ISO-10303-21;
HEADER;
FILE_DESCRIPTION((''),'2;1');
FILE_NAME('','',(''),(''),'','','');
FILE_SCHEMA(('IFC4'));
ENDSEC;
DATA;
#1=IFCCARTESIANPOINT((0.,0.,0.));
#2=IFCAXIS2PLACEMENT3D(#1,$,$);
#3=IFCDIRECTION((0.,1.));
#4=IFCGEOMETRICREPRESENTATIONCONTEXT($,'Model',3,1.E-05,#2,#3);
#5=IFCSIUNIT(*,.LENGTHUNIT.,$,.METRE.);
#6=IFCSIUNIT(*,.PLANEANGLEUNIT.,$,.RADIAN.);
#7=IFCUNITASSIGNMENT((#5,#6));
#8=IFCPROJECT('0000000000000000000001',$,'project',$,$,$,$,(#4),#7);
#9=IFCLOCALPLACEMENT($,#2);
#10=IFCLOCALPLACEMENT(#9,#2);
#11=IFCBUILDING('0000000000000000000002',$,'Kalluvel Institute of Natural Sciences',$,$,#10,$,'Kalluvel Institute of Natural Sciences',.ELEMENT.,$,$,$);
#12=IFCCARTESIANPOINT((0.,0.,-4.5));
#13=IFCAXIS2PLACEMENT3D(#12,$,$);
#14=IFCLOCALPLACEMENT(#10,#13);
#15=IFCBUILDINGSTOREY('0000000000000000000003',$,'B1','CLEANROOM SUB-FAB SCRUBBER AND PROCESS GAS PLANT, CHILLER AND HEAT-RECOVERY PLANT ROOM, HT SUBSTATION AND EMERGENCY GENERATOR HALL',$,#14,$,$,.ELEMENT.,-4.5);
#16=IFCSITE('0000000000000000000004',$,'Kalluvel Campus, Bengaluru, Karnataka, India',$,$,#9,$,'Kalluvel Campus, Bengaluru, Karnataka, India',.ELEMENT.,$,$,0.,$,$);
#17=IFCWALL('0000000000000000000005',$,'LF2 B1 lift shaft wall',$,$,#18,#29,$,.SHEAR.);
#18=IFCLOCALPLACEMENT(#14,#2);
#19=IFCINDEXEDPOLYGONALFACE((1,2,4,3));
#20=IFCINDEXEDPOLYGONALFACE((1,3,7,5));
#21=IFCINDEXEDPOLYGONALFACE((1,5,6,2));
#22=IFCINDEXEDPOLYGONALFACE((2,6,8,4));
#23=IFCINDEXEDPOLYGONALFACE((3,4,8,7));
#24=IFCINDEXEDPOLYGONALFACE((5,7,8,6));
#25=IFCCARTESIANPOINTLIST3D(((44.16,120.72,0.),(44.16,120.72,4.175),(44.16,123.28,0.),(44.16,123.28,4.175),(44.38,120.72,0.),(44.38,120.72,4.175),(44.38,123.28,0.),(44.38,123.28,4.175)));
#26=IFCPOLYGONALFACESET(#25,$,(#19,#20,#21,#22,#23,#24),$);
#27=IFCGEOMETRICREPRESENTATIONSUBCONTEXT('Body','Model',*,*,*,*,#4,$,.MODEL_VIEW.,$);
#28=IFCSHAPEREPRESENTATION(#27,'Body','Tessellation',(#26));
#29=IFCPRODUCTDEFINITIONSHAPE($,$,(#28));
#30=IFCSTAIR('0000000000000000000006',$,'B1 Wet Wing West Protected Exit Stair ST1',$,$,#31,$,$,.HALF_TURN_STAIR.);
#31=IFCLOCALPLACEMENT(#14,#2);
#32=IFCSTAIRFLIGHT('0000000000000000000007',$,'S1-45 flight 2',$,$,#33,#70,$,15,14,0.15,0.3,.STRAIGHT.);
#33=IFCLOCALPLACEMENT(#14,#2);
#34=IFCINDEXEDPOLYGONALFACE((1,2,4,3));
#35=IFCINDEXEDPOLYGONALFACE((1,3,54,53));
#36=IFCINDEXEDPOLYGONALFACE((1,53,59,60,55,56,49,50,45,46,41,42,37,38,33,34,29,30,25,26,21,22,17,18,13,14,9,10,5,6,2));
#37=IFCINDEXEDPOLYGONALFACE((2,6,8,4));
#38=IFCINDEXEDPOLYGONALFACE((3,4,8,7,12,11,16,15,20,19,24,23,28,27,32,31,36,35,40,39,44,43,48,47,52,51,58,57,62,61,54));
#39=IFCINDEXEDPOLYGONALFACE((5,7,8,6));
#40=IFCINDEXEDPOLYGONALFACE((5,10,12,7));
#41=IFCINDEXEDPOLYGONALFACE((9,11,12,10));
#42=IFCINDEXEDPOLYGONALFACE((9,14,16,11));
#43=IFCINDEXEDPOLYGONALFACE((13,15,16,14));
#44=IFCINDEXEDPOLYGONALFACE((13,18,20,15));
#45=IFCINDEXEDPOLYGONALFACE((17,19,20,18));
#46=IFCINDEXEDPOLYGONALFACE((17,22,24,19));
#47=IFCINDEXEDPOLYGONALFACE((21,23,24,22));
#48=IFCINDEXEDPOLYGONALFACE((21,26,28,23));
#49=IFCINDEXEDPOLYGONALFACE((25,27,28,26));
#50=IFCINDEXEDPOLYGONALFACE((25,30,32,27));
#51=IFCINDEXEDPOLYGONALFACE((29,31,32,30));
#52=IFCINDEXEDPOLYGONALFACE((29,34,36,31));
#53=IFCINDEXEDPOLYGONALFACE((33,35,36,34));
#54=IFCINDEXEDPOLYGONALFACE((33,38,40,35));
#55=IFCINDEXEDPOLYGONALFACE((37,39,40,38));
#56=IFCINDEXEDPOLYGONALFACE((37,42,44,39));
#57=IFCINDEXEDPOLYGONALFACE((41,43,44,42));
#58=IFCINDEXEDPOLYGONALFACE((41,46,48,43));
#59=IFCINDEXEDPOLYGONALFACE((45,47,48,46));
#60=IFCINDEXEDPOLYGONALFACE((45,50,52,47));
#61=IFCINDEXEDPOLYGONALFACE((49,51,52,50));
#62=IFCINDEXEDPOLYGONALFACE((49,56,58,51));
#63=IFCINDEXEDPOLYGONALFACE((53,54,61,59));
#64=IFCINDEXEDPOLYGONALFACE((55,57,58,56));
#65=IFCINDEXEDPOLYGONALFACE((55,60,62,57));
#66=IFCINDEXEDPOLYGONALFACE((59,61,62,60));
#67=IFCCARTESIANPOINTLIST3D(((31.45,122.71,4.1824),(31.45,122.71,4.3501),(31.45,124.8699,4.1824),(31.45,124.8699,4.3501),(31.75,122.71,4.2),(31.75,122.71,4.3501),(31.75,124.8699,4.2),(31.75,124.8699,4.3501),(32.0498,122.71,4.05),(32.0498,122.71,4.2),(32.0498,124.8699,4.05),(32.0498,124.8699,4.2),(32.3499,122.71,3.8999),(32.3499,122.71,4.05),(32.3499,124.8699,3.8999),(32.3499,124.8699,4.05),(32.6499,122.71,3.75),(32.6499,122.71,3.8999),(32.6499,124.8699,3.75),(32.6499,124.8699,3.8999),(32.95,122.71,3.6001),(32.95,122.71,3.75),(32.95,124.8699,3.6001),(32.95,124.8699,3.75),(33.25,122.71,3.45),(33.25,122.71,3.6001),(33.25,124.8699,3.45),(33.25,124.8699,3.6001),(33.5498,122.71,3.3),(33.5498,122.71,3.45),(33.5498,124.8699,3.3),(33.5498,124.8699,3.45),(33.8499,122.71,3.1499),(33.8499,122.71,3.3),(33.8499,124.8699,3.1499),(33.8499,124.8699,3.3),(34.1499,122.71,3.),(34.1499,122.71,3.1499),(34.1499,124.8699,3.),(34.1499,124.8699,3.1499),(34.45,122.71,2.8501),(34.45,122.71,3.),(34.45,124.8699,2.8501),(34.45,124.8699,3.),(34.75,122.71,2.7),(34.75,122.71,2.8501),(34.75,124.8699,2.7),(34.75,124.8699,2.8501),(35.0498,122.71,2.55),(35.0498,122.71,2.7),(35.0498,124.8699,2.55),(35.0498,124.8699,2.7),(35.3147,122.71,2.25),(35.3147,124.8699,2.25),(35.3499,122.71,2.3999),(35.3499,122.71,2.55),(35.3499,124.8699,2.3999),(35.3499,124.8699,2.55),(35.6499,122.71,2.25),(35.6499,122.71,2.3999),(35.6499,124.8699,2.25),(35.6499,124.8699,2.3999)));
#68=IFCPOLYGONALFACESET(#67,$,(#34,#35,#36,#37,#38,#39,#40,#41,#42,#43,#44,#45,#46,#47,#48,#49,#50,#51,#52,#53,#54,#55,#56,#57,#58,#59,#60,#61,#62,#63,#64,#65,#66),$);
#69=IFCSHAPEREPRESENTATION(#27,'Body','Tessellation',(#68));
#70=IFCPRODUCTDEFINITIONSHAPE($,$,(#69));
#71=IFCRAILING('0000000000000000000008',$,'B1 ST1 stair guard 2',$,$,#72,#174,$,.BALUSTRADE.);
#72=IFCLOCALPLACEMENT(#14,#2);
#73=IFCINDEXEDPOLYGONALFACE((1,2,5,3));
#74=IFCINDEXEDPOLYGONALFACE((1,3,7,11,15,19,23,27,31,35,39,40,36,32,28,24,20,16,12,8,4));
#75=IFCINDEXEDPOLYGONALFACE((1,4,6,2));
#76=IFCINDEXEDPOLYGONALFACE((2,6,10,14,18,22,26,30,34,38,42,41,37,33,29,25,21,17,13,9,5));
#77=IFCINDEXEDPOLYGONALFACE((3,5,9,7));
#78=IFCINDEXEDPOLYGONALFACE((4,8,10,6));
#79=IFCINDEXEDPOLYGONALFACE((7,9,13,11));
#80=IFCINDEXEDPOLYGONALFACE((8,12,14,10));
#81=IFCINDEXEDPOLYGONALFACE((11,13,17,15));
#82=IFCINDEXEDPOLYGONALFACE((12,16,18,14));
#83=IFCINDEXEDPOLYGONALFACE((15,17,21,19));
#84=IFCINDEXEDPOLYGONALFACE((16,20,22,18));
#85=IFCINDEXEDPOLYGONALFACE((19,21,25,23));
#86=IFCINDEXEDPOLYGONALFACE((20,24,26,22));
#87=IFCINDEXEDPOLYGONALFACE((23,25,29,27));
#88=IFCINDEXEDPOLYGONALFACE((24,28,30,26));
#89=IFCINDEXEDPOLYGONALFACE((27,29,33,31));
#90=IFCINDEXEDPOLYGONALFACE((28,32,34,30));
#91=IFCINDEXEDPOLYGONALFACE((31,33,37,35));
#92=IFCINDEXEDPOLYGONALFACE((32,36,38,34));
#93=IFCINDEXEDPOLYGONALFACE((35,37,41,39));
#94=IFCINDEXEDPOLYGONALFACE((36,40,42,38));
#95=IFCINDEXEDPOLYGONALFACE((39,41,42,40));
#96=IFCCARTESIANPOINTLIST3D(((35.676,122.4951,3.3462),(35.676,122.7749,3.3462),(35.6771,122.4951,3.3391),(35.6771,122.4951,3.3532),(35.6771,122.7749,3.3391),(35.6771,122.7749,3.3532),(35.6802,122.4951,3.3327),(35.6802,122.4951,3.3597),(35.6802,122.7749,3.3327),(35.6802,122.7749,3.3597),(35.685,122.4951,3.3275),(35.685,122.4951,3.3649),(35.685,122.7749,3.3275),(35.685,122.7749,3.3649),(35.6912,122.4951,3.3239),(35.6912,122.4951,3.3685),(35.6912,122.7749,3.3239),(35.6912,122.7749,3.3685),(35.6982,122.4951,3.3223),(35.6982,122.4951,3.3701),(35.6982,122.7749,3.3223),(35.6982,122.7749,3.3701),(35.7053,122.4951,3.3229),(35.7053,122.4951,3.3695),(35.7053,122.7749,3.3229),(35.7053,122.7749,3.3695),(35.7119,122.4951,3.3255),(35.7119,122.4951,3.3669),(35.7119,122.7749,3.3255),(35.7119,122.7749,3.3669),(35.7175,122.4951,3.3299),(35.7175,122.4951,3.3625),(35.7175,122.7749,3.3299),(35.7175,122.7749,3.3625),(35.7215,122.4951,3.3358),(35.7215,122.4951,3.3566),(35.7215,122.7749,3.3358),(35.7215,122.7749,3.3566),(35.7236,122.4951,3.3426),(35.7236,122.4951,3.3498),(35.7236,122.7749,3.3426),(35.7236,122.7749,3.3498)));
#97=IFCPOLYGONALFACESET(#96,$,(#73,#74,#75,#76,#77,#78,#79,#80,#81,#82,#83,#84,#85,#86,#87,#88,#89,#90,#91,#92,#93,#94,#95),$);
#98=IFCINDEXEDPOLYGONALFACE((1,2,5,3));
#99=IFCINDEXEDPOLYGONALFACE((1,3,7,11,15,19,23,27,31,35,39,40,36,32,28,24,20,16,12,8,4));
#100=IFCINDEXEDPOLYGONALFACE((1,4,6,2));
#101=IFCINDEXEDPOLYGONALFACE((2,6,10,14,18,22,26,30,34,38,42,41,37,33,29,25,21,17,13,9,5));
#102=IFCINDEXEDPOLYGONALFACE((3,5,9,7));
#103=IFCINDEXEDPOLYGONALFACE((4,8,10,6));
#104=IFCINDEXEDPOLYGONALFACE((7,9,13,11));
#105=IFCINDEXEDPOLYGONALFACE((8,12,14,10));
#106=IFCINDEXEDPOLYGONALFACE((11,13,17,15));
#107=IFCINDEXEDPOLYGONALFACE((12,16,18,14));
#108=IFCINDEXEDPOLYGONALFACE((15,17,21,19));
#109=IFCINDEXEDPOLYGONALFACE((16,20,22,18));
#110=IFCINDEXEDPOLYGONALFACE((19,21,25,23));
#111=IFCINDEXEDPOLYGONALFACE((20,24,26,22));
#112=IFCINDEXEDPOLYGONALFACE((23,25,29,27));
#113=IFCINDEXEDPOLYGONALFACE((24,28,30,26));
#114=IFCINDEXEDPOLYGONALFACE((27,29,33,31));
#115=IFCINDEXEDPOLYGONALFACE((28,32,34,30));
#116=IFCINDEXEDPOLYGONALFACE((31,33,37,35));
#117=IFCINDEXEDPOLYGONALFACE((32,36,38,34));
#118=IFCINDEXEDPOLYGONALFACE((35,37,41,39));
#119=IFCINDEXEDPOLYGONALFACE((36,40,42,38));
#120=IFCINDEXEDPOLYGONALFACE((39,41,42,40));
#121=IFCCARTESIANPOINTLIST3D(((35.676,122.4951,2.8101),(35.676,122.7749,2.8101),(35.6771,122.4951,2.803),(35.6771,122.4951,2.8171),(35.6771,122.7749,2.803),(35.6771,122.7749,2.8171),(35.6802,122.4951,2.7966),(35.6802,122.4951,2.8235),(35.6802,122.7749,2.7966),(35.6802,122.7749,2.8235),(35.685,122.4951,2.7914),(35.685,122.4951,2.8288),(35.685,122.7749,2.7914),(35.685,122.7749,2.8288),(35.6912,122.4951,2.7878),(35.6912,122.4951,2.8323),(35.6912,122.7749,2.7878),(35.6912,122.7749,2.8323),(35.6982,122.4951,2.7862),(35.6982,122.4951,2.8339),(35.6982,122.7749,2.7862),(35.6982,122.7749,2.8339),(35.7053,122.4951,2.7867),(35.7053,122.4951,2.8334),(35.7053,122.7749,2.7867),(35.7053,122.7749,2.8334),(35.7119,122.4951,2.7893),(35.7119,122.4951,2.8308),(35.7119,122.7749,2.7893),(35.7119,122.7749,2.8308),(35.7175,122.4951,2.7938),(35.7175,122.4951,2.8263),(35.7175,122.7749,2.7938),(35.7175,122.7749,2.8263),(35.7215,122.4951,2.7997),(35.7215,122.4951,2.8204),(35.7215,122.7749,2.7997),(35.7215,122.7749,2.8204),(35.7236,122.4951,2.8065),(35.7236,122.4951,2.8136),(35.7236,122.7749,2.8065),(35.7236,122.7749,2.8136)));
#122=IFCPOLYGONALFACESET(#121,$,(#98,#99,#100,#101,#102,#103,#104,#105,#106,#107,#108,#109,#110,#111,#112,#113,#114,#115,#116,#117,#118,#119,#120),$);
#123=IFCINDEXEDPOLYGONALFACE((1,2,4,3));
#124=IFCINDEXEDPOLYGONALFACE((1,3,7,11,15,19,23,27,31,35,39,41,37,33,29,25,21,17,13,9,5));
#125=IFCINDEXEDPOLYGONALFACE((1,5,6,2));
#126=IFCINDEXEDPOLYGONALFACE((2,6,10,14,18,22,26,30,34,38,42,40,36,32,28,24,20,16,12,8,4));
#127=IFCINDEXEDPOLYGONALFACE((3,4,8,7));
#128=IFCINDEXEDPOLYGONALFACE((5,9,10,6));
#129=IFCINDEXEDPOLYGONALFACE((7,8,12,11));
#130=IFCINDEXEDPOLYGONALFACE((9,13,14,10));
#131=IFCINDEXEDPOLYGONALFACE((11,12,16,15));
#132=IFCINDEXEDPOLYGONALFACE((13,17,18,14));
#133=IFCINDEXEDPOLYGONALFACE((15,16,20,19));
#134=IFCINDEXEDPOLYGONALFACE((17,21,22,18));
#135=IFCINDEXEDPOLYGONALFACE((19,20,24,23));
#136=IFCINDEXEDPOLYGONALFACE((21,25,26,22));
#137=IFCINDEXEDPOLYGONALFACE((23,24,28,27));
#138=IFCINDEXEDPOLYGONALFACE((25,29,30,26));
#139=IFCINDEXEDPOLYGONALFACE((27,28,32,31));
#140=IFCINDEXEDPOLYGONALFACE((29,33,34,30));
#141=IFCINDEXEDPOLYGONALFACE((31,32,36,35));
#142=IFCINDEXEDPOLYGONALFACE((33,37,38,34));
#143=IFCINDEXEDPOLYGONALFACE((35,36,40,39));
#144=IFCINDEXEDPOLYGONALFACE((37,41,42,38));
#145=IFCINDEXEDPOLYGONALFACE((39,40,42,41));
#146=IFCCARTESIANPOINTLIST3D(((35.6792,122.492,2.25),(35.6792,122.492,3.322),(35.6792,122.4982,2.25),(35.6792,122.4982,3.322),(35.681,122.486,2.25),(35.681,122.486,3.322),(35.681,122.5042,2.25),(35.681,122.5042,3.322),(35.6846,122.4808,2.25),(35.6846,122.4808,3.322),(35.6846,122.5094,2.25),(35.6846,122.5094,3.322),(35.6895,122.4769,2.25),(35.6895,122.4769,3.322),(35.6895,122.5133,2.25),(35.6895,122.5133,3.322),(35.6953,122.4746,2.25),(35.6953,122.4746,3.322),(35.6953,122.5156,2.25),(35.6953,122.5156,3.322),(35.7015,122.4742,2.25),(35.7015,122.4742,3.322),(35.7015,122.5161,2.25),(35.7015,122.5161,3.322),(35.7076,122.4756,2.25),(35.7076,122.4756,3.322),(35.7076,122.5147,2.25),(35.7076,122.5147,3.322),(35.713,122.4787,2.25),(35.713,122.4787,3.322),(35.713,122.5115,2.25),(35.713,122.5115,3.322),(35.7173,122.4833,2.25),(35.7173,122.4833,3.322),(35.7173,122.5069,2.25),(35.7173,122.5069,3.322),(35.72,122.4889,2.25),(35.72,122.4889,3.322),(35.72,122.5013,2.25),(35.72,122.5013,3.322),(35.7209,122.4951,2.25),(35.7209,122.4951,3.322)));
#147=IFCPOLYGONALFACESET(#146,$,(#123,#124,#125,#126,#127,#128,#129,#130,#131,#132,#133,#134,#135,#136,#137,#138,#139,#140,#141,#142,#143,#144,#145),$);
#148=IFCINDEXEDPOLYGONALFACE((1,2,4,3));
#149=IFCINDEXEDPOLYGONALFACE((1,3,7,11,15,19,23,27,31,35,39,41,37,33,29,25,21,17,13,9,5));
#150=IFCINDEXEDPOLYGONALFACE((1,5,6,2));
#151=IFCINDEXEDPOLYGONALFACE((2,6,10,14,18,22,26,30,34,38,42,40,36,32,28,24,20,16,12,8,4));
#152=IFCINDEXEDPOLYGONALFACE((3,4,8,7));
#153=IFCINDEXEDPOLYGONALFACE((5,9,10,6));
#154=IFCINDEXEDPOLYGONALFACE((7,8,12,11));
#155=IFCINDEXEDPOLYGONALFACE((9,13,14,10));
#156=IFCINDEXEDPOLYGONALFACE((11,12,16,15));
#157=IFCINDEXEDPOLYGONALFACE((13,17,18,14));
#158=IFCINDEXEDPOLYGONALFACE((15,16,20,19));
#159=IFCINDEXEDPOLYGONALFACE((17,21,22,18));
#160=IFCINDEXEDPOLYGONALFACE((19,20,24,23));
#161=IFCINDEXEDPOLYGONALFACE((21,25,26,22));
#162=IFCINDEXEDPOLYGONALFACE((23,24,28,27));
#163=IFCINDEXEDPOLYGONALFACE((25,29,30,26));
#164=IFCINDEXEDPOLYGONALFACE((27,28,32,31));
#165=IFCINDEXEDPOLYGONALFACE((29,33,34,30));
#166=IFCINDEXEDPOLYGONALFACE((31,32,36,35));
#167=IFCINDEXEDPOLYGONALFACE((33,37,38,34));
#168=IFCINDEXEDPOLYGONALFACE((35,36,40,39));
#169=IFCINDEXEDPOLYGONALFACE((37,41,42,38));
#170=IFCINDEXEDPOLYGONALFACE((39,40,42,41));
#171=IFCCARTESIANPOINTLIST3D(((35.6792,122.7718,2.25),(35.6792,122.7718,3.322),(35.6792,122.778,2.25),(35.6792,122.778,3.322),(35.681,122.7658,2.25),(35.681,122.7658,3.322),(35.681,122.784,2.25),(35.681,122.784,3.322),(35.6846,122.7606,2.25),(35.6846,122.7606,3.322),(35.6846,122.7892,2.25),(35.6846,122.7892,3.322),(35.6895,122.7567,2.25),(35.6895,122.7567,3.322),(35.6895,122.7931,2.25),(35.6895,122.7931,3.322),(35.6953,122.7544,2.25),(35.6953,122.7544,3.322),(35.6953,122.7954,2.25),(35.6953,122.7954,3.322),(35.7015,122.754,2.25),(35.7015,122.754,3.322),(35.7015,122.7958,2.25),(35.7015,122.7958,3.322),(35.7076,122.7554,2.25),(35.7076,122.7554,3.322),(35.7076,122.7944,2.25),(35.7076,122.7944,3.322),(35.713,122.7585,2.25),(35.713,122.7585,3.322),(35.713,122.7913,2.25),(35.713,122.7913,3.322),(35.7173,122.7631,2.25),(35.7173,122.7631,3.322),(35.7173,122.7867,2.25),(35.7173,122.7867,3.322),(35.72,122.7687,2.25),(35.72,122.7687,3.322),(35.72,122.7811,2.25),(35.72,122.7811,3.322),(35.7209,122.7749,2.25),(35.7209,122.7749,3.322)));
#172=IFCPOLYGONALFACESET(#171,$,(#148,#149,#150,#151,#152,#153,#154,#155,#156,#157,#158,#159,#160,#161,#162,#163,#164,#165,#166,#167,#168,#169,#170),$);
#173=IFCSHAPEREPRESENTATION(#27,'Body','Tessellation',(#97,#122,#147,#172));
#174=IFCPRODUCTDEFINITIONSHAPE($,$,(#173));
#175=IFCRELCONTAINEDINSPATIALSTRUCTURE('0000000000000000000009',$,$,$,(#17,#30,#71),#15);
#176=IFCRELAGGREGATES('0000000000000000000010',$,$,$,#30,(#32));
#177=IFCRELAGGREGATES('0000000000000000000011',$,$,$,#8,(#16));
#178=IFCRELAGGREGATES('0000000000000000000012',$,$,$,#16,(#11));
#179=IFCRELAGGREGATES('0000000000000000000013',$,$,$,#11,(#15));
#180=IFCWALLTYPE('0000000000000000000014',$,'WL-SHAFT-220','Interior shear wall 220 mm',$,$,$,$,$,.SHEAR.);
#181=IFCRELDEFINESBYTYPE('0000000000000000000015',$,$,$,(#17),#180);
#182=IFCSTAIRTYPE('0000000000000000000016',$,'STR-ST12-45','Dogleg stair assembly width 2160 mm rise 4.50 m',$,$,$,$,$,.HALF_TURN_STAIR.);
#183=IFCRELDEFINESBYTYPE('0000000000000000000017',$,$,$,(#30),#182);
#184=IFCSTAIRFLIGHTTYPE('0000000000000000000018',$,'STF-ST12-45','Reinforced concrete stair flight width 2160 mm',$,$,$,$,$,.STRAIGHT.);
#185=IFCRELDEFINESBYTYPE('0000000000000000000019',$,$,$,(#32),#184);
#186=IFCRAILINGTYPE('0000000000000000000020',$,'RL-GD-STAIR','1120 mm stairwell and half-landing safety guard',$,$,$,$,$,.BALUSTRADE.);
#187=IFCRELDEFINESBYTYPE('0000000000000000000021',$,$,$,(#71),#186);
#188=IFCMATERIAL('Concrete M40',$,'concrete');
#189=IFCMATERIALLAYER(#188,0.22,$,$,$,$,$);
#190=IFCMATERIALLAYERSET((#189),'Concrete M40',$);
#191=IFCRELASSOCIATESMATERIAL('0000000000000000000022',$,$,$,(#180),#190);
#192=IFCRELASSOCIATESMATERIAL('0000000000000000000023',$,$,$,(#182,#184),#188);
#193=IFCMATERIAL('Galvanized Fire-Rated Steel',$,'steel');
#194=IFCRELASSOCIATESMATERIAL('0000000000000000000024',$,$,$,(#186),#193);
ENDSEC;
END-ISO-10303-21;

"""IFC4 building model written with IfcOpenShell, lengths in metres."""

from ifc_helpers import new_model, si_unit, direction, frame, frame_2d, origin, origin_2d, place, context, subcontext, project, spatial, polyline, rectangle, circle, outline, extrude, material, layer, layer_set, type_object, element, aggregate, save


model = new_model("IFC4")

# Units and contexts
model_context = context("Model", 3, precision=1e-05, world=origin(), true_north=direction((0.0, 1.0)))
body_context = subcontext(model_context, "Body", "Model", "MODEL_VIEW")
ifc_project = project(units=[si_unit("LENGTHUNIT", "METRE"), si_unit("PLANEANGLEUNIT", "RADIAN")], contexts=[model_context])

# Site, building, storey
site_placement = place(None, origin())
site = spatial("IfcSite", under=ifc_project, at=site_placement, Name="Kalluvel Campus, Bengaluru, Karnataka, India", LongName="Kalluvel Campus, Bengaluru, Karnataka, India", CompositionType="ELEMENT", RefElevation=0.0)
building_placement = place(site_placement, origin())
building = spatial("IfcBuilding", under=site, at=building_placement, Name="Kalluvel Institute of Natural Sciences", LongName="Kalluvel Institute of Natural Sciences", CompositionType="ELEMENT")
storey_placement = place(building_placement, frame((0.0, 0.0, -4.5)))
storey = spatial("IfcBuildingStorey", under=building, at=storey_placement, Name="B1", Description="CLEANROOM SUB-FAB SCRUBBER AND PROCESS GAS PLANT, CHILLER AND HEAT-RECOVERY PLANT ROOM, HT SUBSTATION AND EMERGENCY GENERATOR HALL", CompositionType="ELEMENT", Elevation=-4.5)

# Shared definitions
ifc_material_1 = material(Name="Concrete M40", Category="concrete")

# Shared definitions
ifc_layer_1 = layer(ifc_material_1, 0.22)
ifc_layer_set_1 = layer_set([ifc_layer_1], Name="Concrete M40")
wall_type_1 = type_object("IfcWallType", Name="WL-SHAFT-220", Description="Interior shear wall 220 mm", PredefinedType="SHEAR", material=ifc_layer_set_1)
ifc_material_2 = material(Name="Galvanized Fire-Rated Steel", Category="steel")

# Wall
wall_1_placement = place(storey_placement, frame((44.27, 123.28, 0.0), z_axis=(0.0, 0.0, 1.0), x_axis=(0.0, -1.0, 0.0)))
element("IfcWall", 1, at=wall_1_placement, inside=storey, type_object=wall_type_1, Name="LF2 B1 lift shaft wall", PredefinedType="SHEAR", context=body_context, shape_type="SweptSolid", body=[
    extrude(rectangle(XDim=2.5601, YDim=0.22, at=frame_2d((1.28, 0.0))), origin(), (0.0, 0.0, 1.0), 4.175),
])

# Stair, stair flight
stair_type = type_object("IfcStairType", Name="STR-ST12-45", Description="Dogleg stair assembly width 2160 mm rise 4.50 m", PredefinedType="HALF_TURN_STAIR", material=ifc_material_1)
stair_placement = place(storey_placement, origin())
stair = element("IfcStair", 2, at=stair_placement, inside=storey, type_object=stair_type, Name="B1 Wet Wing West Protected Exit Stair ST1", PredefinedType="HALF_TURN_STAIR")
stair_flight_type = type_object("IfcStairFlightType", Name="STF-ST12-45", Description="Reinforced concrete stair flight width 2160 mm", PredefinedType="STRAIGHT", material=ifc_material_1)
stair_flight_placement = place(storey_placement, frame((35.6499, 123.79, 2.25), z_axis=(0.0, 0.0, 1.0), x_axis=(-1.0, 0.0, 0.0)))
stair_flight = element("IfcStairFlight", 3, at=stair_flight_placement, type_object=stair_flight_type, Name="S1-45 flight 2", NumberOfRisers=15, NumberOfTreads=14, PredefinedType="STRAIGHT", RiserHeight=0.15, TreadLength=0.3, context=body_context, shape_type="SweptSolid", body=[
    extrude(outline(polyline([(0.0, 0.0), (0.0, 0.1499), (0.3, 0.1499), (0.3, 0.3), (0.6001, 0.3), (0.6001, 0.45), (0.8999, 0.45), (0.8999, 0.6001), (1.2, 0.6001), (1.2, 0.75), (1.5, 0.75), (1.5, 0.8999), (1.8, 0.8999), (1.8, 1.05), (2.1001, 1.05), (2.1001, 1.2), (2.3999, 1.2), (2.3999, 1.3501), (2.7, 1.3501), (2.7, 1.5), (3.0, 1.5), (3.0, 1.6499), (3.3, 1.6499), (3.3, 1.8), (3.6001, 1.8), (3.6001, 1.95), (3.8999, 1.95), (3.8999, 2.1001), (4.2, 2.1001), (4.2, 2.25), (4.2, 1.9324), (0.3352, 0.0), (0.0, 0.0)])), frame((0.0, 1.0801, 0.0), z_axis=(0.0, -1.0, 0.0), x_axis=(1.0, 0.0, 0.0)), (0.0, 0.0, 1.0), 2.1599),
])
aggregate(stair, [stair_flight])

# Railing
railing_type_1 = type_object("IfcRailingType", Name="RL-GD-STAIR", Description="1120 mm stairwell and half-landing safety guard", PredefinedType="BALUSTRADE", material=ifc_material_2)
railing_1_placement = place(storey_placement, frame((35.7, 122.4951, 2.25)))
element("IfcRailing", 4, at=railing_1_placement, inside=storey, type_object=railing_type_1, Name="B1 ST1 stair guard 2", PredefinedType="BALUSTRADE", context=body_context, shape_type="SweptSolid", body=[
    extrude(circle(Radius=0.0239, at=origin_2d()), frame((0.0, 0.0, 1.0962), z_axis=(0.0, 1.0, 0.0), x_axis=(-1.0, 0.0, 0.0)), (0.0, 0.0, 1.0), 0.2798),
    extrude(circle(Radius=0.0239, at=origin_2d()), frame((0.0, 0.0, 0.5601), z_axis=(0.0, 1.0, 0.0), x_axis=(-1.0, 0.0, 0.0)), (0.0, 0.0, 1.0), 0.2798),
    extrude(circle(Radius=0.021, at=origin_2d()), origin(), (0.0, 0.0, 1.0), 1.072),
    extrude(circle(Radius=0.021, at=origin_2d()), frame((0.0, 0.2798, 0.0)), (0.0, 0.0, 1.0), 1.072),
])

save(model, "model.ifc")
